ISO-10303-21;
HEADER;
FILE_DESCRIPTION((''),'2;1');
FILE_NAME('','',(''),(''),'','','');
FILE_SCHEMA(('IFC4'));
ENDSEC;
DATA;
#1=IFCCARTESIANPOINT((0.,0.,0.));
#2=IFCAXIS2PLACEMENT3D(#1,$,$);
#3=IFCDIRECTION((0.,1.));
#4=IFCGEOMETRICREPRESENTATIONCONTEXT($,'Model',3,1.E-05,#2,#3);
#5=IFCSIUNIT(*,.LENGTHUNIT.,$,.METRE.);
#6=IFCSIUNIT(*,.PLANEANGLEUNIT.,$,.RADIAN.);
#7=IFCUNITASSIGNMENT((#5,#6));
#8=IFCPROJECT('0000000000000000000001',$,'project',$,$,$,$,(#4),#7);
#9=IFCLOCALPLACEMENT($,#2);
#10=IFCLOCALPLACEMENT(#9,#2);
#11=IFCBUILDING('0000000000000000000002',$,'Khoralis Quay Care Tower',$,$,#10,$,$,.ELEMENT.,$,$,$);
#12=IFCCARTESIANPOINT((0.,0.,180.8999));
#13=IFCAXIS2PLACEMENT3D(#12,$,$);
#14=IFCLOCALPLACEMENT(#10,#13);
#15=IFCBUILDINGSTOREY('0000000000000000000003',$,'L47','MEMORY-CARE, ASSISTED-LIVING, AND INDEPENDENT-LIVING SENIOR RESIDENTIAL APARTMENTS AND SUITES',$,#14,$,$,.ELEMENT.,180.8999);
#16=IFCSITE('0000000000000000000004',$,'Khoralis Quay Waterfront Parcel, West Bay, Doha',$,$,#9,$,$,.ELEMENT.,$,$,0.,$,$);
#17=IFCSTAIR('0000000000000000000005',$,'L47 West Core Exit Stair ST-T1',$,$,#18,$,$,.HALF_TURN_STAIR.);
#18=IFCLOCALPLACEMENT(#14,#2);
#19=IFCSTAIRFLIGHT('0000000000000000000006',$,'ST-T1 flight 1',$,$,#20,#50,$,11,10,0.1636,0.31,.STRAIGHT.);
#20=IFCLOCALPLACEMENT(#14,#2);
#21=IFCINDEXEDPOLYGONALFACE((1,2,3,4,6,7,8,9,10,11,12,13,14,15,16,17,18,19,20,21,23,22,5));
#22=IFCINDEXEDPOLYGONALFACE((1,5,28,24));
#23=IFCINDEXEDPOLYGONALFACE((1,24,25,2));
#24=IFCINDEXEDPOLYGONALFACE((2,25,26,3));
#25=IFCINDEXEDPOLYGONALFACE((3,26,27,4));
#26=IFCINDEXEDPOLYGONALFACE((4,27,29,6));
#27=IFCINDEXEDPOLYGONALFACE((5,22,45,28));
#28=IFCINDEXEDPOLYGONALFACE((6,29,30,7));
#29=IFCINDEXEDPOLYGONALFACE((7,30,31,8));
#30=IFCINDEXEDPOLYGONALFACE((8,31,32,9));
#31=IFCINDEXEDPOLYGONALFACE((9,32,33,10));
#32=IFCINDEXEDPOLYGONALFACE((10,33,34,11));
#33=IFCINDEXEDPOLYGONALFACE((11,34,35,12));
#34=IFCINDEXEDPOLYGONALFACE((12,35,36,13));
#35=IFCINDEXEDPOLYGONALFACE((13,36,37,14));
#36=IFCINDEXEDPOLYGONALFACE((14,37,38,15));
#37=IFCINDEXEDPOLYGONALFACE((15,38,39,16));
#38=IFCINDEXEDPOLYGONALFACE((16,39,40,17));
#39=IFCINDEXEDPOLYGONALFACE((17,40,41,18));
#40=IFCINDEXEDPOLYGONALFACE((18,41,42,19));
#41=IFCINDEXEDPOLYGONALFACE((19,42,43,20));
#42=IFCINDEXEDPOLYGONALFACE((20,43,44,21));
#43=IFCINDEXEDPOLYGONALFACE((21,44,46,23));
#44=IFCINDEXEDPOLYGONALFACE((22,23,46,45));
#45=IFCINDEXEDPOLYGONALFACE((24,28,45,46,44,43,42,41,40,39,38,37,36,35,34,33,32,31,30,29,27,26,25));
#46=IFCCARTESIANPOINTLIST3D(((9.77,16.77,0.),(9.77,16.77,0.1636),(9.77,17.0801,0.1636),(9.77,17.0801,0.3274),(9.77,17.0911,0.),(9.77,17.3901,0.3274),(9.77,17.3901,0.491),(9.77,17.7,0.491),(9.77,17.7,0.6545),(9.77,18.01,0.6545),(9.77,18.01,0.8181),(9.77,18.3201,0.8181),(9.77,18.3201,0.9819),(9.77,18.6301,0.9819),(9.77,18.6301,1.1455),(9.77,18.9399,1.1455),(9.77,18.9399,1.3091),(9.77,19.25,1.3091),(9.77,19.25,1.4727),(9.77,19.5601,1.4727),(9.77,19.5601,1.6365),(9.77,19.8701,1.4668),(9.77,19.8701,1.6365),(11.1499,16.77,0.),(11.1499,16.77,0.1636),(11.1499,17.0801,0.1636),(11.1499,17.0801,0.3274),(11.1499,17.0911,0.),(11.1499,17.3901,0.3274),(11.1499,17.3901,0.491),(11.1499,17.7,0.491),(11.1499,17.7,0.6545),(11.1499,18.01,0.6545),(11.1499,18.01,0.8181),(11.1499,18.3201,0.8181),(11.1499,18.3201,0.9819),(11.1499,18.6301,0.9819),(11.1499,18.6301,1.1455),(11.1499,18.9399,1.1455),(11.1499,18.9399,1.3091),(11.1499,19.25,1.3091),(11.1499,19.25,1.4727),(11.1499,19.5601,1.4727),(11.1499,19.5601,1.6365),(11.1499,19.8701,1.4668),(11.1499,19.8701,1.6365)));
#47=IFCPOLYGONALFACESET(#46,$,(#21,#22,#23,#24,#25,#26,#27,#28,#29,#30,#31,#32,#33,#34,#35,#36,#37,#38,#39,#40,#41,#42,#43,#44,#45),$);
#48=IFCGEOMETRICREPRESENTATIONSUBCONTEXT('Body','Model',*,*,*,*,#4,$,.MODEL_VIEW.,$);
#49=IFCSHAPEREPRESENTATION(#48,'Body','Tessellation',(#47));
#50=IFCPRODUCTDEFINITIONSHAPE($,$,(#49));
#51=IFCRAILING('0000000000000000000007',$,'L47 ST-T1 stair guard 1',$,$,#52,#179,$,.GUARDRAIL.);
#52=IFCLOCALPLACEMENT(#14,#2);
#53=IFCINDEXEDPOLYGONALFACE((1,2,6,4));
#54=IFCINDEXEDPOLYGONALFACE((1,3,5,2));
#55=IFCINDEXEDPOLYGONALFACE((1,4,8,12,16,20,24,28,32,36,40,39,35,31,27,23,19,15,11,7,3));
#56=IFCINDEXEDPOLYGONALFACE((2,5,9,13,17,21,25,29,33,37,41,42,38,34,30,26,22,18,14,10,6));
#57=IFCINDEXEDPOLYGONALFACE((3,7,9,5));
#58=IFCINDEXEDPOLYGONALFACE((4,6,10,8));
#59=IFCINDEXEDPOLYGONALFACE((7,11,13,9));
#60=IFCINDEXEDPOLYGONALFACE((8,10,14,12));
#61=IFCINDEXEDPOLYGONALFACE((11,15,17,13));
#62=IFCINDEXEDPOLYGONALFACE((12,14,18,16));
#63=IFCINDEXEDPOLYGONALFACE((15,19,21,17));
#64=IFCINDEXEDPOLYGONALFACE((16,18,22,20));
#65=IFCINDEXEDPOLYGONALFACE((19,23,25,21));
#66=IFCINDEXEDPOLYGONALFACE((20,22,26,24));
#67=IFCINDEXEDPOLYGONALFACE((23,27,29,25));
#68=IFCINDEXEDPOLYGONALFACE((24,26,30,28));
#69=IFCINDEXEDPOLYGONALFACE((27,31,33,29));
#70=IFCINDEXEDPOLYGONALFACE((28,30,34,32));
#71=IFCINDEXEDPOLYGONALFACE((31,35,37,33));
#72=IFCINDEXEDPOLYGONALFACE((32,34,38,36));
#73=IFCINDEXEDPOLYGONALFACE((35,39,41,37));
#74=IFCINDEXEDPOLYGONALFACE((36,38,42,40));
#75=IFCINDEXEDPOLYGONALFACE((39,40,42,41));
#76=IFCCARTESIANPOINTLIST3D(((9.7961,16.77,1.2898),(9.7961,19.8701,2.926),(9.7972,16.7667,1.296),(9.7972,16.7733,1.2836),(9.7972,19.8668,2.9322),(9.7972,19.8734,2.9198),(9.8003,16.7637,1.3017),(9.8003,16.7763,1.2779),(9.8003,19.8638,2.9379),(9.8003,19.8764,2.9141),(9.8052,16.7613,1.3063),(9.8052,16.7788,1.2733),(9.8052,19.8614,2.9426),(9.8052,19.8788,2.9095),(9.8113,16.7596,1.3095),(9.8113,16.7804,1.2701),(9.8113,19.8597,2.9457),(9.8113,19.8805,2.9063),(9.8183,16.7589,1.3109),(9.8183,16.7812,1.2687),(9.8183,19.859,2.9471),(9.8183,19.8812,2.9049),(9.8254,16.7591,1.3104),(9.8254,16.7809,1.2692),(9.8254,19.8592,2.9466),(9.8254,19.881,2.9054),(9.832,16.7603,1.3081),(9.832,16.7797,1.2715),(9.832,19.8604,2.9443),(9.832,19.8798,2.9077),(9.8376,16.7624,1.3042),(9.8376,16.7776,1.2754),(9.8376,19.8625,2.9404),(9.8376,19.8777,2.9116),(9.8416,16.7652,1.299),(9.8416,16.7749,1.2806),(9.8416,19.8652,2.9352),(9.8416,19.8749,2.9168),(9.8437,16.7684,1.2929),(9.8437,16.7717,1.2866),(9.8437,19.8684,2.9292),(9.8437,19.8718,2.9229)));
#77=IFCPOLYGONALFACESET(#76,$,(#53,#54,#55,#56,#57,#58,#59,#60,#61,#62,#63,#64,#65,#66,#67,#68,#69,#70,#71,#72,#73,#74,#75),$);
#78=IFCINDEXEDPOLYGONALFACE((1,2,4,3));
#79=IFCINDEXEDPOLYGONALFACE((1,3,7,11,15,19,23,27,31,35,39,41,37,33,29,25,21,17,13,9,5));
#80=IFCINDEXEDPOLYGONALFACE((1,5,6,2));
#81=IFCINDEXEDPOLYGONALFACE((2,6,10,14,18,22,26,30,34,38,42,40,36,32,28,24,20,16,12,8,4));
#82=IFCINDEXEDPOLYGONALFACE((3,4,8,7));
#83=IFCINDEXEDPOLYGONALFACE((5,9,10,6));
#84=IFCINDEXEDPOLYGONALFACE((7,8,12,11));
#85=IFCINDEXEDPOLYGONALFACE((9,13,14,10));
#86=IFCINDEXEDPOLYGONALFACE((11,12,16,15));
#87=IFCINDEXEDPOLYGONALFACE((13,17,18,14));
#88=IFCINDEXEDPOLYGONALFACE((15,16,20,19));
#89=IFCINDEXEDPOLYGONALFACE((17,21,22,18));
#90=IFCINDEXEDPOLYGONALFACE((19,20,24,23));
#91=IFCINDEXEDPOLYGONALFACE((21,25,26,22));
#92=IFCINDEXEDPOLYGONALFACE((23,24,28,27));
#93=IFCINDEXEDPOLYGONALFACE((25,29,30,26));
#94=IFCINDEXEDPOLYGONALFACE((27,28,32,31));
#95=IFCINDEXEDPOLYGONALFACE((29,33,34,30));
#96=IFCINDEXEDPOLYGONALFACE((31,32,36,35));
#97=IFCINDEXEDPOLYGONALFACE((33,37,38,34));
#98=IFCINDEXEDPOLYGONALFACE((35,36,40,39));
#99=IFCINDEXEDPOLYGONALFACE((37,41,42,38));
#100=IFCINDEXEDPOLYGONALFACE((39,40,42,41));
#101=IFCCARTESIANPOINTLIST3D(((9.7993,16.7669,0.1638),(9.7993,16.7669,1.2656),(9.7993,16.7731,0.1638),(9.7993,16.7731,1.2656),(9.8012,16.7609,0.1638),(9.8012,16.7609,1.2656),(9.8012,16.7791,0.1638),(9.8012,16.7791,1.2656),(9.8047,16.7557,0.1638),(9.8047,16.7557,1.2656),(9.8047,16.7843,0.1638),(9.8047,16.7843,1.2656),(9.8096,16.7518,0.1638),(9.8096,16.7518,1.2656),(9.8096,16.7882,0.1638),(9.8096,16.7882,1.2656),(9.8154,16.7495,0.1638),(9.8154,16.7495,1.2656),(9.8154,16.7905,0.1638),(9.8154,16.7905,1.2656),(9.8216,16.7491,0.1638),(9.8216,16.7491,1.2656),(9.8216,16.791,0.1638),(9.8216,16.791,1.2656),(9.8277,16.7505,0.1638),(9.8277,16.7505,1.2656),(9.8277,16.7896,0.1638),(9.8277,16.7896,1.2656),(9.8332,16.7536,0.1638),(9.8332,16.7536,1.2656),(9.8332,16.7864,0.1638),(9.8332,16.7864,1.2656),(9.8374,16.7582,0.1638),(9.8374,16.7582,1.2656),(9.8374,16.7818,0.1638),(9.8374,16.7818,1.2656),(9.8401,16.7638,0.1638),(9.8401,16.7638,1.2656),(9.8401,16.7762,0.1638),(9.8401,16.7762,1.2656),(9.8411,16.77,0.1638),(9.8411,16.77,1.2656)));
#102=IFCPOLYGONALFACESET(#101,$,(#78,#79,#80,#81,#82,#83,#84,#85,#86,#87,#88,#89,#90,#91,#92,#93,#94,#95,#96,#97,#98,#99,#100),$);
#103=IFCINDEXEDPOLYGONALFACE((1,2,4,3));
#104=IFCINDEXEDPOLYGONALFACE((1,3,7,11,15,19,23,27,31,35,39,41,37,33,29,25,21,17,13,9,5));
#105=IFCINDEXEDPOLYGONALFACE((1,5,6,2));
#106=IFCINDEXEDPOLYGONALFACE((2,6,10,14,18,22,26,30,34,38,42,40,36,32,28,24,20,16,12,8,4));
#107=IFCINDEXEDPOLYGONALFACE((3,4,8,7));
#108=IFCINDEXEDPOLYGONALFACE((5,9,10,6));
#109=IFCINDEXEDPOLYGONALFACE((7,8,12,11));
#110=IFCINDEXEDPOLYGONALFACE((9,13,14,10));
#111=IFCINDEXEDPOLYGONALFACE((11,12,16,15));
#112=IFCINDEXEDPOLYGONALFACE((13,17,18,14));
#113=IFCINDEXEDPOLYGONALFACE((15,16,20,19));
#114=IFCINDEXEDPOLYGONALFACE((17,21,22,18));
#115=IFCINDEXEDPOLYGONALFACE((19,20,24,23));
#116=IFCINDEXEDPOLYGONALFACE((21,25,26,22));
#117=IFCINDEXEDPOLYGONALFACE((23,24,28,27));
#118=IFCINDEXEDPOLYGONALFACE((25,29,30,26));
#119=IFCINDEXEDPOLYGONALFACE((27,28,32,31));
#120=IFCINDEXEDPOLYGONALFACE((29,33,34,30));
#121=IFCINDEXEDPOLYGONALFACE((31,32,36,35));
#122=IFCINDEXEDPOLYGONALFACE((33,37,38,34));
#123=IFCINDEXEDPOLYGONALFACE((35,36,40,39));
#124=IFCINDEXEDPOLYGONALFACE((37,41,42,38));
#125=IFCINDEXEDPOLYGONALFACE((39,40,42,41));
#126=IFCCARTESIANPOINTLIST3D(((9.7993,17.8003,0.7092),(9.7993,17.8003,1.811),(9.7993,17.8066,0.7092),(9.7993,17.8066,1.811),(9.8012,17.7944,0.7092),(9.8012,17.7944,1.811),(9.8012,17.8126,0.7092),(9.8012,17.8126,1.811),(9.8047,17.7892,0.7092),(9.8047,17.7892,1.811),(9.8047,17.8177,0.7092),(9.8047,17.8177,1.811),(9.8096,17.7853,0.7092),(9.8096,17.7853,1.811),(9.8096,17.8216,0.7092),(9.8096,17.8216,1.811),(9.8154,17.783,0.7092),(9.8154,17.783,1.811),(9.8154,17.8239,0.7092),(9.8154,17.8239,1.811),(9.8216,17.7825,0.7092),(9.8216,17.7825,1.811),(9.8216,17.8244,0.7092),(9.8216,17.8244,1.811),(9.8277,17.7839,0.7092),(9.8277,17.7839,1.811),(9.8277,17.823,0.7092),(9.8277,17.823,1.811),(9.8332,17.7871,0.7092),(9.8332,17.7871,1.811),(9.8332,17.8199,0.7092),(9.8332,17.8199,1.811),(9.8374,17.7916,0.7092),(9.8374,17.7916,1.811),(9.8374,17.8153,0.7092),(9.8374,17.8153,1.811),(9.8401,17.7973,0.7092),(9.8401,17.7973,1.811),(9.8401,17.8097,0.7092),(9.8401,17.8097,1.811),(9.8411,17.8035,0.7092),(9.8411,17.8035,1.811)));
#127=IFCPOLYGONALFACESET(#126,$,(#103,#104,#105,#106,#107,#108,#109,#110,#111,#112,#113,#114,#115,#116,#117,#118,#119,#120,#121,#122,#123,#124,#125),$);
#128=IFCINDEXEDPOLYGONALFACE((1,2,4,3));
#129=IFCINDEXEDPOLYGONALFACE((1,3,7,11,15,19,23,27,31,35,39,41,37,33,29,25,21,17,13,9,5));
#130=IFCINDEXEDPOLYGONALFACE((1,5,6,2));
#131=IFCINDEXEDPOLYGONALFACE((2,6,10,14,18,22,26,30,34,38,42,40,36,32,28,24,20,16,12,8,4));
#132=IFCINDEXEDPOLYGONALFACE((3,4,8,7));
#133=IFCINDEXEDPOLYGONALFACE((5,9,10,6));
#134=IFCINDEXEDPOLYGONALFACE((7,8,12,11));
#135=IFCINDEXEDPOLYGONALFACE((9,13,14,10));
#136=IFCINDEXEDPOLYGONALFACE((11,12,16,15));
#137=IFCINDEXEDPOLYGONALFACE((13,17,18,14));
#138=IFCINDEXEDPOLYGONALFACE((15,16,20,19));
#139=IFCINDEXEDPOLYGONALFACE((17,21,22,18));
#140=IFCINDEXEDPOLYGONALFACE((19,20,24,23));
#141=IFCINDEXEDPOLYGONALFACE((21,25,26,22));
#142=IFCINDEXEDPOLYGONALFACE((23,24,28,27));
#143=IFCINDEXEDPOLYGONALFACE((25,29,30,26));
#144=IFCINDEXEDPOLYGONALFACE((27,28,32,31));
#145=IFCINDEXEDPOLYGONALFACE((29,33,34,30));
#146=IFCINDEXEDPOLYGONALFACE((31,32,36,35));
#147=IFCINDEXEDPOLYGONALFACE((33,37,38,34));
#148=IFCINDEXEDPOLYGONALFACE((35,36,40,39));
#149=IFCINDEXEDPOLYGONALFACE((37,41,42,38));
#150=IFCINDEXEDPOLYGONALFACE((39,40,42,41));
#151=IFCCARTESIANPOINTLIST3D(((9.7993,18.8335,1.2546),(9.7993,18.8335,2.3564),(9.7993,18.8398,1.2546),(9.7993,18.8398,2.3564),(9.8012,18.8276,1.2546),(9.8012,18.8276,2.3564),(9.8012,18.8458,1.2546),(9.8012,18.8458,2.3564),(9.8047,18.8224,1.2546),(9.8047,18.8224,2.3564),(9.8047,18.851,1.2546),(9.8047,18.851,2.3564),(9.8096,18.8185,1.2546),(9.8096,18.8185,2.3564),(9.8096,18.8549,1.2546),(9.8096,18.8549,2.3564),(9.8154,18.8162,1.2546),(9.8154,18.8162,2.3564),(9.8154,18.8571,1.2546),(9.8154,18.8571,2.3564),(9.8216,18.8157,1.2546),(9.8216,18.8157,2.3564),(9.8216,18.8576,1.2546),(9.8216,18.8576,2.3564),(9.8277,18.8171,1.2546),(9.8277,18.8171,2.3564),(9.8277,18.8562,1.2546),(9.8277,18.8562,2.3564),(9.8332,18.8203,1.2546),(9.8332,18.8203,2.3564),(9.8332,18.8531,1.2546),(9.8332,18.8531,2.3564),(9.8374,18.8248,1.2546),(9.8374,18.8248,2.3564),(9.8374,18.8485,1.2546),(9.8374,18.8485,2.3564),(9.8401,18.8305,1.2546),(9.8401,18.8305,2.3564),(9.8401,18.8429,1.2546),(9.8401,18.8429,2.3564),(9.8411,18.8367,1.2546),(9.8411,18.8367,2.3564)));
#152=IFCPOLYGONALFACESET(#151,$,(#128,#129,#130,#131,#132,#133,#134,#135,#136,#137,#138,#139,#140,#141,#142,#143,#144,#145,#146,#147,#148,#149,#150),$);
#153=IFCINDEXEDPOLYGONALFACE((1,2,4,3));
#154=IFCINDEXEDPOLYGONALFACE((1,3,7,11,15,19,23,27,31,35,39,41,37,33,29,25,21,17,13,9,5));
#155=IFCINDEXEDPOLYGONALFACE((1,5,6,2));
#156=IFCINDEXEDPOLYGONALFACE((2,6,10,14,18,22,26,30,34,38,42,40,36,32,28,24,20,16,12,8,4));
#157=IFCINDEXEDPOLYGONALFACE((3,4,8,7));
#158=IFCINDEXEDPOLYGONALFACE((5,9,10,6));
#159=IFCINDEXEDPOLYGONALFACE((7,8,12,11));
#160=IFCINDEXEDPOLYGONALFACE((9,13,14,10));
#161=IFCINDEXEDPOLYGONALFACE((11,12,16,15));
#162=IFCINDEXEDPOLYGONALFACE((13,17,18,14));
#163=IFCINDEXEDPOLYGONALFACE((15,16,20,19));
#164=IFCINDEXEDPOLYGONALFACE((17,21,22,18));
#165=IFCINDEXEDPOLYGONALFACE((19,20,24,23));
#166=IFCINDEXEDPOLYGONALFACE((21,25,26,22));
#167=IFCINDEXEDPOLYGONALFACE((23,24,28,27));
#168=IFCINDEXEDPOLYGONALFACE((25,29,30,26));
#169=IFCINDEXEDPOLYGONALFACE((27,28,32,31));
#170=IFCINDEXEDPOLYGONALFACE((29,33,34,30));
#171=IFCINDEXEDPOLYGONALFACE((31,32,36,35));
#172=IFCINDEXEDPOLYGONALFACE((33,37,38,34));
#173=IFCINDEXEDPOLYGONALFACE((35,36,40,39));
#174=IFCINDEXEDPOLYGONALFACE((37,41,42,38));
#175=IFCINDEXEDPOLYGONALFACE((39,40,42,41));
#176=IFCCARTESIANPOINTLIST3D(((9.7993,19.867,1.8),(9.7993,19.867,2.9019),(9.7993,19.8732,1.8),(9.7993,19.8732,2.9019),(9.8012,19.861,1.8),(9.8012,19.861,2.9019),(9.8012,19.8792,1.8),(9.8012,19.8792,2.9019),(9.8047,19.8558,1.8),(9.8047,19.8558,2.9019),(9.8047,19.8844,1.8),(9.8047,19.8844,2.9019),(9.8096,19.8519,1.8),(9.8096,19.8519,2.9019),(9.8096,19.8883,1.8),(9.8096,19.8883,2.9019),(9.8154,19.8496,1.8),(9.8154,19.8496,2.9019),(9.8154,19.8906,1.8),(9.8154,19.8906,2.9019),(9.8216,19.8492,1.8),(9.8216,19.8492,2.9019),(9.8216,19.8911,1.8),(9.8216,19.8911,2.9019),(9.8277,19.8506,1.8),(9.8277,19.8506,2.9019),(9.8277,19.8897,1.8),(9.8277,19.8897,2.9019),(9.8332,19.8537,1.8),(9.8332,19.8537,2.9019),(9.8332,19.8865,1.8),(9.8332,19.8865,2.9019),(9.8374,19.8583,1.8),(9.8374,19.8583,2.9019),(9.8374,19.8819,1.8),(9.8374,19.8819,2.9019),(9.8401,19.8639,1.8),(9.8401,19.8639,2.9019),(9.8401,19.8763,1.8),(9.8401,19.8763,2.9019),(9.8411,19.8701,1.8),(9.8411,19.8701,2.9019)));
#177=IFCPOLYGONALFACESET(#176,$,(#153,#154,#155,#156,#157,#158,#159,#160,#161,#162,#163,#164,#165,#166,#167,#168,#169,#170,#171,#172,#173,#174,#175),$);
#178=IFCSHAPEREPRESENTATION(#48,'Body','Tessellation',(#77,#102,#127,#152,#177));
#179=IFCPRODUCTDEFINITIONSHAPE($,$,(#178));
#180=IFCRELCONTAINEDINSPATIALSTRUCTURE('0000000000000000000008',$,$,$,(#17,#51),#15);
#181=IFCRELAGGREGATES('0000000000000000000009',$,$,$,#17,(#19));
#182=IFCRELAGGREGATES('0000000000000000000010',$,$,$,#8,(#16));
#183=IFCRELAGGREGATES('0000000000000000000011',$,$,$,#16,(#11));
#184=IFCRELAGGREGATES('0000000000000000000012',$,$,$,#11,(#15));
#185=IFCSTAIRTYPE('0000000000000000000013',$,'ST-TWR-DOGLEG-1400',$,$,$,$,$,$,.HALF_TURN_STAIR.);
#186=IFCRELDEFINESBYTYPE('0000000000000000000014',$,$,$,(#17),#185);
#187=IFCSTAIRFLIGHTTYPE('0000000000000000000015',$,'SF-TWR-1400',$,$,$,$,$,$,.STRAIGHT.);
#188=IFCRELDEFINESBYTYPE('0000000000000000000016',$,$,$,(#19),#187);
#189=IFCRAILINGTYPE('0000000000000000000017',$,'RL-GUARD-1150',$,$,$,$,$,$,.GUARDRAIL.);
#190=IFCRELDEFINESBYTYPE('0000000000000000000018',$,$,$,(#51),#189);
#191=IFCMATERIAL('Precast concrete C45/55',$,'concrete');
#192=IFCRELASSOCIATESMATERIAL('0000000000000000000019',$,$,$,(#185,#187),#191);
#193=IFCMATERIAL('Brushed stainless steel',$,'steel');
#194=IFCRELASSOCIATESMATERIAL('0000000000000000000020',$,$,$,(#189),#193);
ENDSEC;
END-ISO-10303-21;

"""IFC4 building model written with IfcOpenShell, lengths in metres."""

from ifc_helpers import new_model, si_unit, direction, frame, origin, origin_2d, place, context, subcontext, project, spatial, polyline, circle, outline, extrude, source, transform, mapped, material, type_object, element, aggregate, save


model = new_model("IFC4")

# Units and contexts
model_context = context("Model", 3, precision=1e-05, world=origin(), true_north=direction((0.0, 1.0)))
body_context = subcontext(model_context, "Body", "Model", "MODEL_VIEW")
ifc_project = project(units=[si_unit("LENGTHUNIT", "METRE"), si_unit("PLANEANGLEUNIT", "RADIAN")], contexts=[model_context])

# Site, building, storey
site_placement = place(None, origin())
site = spatial("IfcSite", under=ifc_project, at=site_placement, Name="Khoralis Quay Waterfront Parcel, West Bay, Doha", CompositionType="ELEMENT", RefElevation=0.0)
building_placement = place(site_placement, origin())
building = spatial("IfcBuilding", under=site, at=building_placement, Name="Khoralis Quay Care Tower", CompositionType="ELEMENT")
storey_placement = place(building_placement, frame((0.0, 0.0, 180.8999)))
storey = spatial("IfcBuildingStorey", under=building, at=storey_placement, Name="L47", Description="MEMORY-CARE, ASSISTED-LIVING, AND INDEPENDENT-LIVING SENIOR RESIDENTIAL APARTMENTS AND SUITES", CompositionType="ELEMENT", Elevation=180.8999)

# Shared definitions
ifc_material_1 = material(Name="Brushed stainless steel", Category="steel")

# Stair, stair flight
ifc_material_2 = material(Name="Precast concrete C45/55", Category="concrete")
stair_type = type_object("IfcStairType", Name="ST-TWR-DOGLEG-1400", PredefinedType="HALF_TURN_STAIR", material=ifc_material_2)
stair_placement = place(storey_placement, origin())
stair = element("IfcStair", 1, at=stair_placement, inside=storey, type_object=stair_type, Name="L47 West Core Exit Stair ST-T1", PredefinedType="HALF_TURN_STAIR")
stair_flight_type = type_object("IfcStairFlightType", Name="SF-TWR-1400", PredefinedType="STRAIGHT", material=ifc_material_2)
shared_shape_1 = source(origin(), body_context, "Body", "SweptSolid", [
    extrude(outline(polyline([(0.0, 0.0), (0.0, 0.1636), (0.3101, 0.1636), (0.3101, 0.3274), (0.6201, 0.3274), (0.6201, 0.491), (0.9299, 0.491), (0.9299, 0.6545), (1.24, 0.6545), (1.24, 0.8181), (1.55, 0.8181), (1.55, 0.9819), (1.8601, 0.9819), (1.8601, 1.1455), (2.1699, 1.1455), (2.1699, 1.3091), (2.48, 1.3091), (2.48, 1.4727), (2.79, 1.4727), (2.79, 1.6365), (3.1001, 1.6365), (3.1001, 1.8), (3.1001, 1.4668), (0.321, 0.0), (0.0, 0.0)])), frame((0.0, 0.6899, 0.0), z_axis=(0.0, -1.0, 0.0), x_axis=(1.0, 0.0, 0.0)), (0.0, 0.0, 1.0), 1.3799),
])
stair_flight_placement = place(storey_placement, frame((10.46, 16.77, 0.0), z_axis=(0.0, 0.0, 1.0), x_axis=(0.0, 1.0, 0.0)))
stair_flight = element("IfcStairFlight", 2, at=stair_flight_placement, type_object=stair_flight_type, Name="ST-T1 flight 1", NumberOfRisers=11, NumberOfTreads=10, PredefinedType="STRAIGHT", RiserHeight=0.1636, TreadLength=0.31, context=body_context, shape_type="MappedRepresentation", body=[
    mapped(shared_shape_1, transform((0.0, 0.0, 0.0), scale=1.0)),
])
aggregate(stair, [stair_flight])

# Railing
railing_type_1 = type_object("IfcRailingType", Name="RL-GUARD-1150", PredefinedType="GUARDRAIL", material=ifc_material_1)
railing_1_placement = place(storey_placement, frame((9.8201, 16.77, 0.1638)))
element("IfcRailing", 3, at=railing_1_placement, inside=storey, type_object=railing_type_1, Name="L47 ST-T1 stair guard 1", PredefinedType="GUARDRAIL", context=body_context, shape_type="SweptSolid", body=[
    extrude(circle(Radius=0.0239, at=origin_2d()), frame((0.0, 0.0, 1.126), z_axis=(0.0, 0.884377, 0.466774), x_axis=(-1.0, 0.0, 0.0)), (0.0, 0.0, 1.0), 3.5054),
    extrude(circle(Radius=0.021, at=origin_2d()), origin(), (0.0, 0.0, 1.0), 1.1018),
    extrude(circle(Radius=0.021, at=origin_2d()), frame((0.0, 1.0334, 0.5454)), (0.0, 0.0, 1.0), 1.1018),
    extrude(circle(Radius=0.021, at=origin_2d()), frame((0.0, 2.0667, 1.0908)), (0.0, 0.0, 1.0), 1.1018),
    extrude(circle(Radius=0.021, at=origin_2d()), frame((0.0, 3.1001, 1.6362)), (0.0, 0.0, 1.0), 1.1018),
])

save(model, "model.ifc")
